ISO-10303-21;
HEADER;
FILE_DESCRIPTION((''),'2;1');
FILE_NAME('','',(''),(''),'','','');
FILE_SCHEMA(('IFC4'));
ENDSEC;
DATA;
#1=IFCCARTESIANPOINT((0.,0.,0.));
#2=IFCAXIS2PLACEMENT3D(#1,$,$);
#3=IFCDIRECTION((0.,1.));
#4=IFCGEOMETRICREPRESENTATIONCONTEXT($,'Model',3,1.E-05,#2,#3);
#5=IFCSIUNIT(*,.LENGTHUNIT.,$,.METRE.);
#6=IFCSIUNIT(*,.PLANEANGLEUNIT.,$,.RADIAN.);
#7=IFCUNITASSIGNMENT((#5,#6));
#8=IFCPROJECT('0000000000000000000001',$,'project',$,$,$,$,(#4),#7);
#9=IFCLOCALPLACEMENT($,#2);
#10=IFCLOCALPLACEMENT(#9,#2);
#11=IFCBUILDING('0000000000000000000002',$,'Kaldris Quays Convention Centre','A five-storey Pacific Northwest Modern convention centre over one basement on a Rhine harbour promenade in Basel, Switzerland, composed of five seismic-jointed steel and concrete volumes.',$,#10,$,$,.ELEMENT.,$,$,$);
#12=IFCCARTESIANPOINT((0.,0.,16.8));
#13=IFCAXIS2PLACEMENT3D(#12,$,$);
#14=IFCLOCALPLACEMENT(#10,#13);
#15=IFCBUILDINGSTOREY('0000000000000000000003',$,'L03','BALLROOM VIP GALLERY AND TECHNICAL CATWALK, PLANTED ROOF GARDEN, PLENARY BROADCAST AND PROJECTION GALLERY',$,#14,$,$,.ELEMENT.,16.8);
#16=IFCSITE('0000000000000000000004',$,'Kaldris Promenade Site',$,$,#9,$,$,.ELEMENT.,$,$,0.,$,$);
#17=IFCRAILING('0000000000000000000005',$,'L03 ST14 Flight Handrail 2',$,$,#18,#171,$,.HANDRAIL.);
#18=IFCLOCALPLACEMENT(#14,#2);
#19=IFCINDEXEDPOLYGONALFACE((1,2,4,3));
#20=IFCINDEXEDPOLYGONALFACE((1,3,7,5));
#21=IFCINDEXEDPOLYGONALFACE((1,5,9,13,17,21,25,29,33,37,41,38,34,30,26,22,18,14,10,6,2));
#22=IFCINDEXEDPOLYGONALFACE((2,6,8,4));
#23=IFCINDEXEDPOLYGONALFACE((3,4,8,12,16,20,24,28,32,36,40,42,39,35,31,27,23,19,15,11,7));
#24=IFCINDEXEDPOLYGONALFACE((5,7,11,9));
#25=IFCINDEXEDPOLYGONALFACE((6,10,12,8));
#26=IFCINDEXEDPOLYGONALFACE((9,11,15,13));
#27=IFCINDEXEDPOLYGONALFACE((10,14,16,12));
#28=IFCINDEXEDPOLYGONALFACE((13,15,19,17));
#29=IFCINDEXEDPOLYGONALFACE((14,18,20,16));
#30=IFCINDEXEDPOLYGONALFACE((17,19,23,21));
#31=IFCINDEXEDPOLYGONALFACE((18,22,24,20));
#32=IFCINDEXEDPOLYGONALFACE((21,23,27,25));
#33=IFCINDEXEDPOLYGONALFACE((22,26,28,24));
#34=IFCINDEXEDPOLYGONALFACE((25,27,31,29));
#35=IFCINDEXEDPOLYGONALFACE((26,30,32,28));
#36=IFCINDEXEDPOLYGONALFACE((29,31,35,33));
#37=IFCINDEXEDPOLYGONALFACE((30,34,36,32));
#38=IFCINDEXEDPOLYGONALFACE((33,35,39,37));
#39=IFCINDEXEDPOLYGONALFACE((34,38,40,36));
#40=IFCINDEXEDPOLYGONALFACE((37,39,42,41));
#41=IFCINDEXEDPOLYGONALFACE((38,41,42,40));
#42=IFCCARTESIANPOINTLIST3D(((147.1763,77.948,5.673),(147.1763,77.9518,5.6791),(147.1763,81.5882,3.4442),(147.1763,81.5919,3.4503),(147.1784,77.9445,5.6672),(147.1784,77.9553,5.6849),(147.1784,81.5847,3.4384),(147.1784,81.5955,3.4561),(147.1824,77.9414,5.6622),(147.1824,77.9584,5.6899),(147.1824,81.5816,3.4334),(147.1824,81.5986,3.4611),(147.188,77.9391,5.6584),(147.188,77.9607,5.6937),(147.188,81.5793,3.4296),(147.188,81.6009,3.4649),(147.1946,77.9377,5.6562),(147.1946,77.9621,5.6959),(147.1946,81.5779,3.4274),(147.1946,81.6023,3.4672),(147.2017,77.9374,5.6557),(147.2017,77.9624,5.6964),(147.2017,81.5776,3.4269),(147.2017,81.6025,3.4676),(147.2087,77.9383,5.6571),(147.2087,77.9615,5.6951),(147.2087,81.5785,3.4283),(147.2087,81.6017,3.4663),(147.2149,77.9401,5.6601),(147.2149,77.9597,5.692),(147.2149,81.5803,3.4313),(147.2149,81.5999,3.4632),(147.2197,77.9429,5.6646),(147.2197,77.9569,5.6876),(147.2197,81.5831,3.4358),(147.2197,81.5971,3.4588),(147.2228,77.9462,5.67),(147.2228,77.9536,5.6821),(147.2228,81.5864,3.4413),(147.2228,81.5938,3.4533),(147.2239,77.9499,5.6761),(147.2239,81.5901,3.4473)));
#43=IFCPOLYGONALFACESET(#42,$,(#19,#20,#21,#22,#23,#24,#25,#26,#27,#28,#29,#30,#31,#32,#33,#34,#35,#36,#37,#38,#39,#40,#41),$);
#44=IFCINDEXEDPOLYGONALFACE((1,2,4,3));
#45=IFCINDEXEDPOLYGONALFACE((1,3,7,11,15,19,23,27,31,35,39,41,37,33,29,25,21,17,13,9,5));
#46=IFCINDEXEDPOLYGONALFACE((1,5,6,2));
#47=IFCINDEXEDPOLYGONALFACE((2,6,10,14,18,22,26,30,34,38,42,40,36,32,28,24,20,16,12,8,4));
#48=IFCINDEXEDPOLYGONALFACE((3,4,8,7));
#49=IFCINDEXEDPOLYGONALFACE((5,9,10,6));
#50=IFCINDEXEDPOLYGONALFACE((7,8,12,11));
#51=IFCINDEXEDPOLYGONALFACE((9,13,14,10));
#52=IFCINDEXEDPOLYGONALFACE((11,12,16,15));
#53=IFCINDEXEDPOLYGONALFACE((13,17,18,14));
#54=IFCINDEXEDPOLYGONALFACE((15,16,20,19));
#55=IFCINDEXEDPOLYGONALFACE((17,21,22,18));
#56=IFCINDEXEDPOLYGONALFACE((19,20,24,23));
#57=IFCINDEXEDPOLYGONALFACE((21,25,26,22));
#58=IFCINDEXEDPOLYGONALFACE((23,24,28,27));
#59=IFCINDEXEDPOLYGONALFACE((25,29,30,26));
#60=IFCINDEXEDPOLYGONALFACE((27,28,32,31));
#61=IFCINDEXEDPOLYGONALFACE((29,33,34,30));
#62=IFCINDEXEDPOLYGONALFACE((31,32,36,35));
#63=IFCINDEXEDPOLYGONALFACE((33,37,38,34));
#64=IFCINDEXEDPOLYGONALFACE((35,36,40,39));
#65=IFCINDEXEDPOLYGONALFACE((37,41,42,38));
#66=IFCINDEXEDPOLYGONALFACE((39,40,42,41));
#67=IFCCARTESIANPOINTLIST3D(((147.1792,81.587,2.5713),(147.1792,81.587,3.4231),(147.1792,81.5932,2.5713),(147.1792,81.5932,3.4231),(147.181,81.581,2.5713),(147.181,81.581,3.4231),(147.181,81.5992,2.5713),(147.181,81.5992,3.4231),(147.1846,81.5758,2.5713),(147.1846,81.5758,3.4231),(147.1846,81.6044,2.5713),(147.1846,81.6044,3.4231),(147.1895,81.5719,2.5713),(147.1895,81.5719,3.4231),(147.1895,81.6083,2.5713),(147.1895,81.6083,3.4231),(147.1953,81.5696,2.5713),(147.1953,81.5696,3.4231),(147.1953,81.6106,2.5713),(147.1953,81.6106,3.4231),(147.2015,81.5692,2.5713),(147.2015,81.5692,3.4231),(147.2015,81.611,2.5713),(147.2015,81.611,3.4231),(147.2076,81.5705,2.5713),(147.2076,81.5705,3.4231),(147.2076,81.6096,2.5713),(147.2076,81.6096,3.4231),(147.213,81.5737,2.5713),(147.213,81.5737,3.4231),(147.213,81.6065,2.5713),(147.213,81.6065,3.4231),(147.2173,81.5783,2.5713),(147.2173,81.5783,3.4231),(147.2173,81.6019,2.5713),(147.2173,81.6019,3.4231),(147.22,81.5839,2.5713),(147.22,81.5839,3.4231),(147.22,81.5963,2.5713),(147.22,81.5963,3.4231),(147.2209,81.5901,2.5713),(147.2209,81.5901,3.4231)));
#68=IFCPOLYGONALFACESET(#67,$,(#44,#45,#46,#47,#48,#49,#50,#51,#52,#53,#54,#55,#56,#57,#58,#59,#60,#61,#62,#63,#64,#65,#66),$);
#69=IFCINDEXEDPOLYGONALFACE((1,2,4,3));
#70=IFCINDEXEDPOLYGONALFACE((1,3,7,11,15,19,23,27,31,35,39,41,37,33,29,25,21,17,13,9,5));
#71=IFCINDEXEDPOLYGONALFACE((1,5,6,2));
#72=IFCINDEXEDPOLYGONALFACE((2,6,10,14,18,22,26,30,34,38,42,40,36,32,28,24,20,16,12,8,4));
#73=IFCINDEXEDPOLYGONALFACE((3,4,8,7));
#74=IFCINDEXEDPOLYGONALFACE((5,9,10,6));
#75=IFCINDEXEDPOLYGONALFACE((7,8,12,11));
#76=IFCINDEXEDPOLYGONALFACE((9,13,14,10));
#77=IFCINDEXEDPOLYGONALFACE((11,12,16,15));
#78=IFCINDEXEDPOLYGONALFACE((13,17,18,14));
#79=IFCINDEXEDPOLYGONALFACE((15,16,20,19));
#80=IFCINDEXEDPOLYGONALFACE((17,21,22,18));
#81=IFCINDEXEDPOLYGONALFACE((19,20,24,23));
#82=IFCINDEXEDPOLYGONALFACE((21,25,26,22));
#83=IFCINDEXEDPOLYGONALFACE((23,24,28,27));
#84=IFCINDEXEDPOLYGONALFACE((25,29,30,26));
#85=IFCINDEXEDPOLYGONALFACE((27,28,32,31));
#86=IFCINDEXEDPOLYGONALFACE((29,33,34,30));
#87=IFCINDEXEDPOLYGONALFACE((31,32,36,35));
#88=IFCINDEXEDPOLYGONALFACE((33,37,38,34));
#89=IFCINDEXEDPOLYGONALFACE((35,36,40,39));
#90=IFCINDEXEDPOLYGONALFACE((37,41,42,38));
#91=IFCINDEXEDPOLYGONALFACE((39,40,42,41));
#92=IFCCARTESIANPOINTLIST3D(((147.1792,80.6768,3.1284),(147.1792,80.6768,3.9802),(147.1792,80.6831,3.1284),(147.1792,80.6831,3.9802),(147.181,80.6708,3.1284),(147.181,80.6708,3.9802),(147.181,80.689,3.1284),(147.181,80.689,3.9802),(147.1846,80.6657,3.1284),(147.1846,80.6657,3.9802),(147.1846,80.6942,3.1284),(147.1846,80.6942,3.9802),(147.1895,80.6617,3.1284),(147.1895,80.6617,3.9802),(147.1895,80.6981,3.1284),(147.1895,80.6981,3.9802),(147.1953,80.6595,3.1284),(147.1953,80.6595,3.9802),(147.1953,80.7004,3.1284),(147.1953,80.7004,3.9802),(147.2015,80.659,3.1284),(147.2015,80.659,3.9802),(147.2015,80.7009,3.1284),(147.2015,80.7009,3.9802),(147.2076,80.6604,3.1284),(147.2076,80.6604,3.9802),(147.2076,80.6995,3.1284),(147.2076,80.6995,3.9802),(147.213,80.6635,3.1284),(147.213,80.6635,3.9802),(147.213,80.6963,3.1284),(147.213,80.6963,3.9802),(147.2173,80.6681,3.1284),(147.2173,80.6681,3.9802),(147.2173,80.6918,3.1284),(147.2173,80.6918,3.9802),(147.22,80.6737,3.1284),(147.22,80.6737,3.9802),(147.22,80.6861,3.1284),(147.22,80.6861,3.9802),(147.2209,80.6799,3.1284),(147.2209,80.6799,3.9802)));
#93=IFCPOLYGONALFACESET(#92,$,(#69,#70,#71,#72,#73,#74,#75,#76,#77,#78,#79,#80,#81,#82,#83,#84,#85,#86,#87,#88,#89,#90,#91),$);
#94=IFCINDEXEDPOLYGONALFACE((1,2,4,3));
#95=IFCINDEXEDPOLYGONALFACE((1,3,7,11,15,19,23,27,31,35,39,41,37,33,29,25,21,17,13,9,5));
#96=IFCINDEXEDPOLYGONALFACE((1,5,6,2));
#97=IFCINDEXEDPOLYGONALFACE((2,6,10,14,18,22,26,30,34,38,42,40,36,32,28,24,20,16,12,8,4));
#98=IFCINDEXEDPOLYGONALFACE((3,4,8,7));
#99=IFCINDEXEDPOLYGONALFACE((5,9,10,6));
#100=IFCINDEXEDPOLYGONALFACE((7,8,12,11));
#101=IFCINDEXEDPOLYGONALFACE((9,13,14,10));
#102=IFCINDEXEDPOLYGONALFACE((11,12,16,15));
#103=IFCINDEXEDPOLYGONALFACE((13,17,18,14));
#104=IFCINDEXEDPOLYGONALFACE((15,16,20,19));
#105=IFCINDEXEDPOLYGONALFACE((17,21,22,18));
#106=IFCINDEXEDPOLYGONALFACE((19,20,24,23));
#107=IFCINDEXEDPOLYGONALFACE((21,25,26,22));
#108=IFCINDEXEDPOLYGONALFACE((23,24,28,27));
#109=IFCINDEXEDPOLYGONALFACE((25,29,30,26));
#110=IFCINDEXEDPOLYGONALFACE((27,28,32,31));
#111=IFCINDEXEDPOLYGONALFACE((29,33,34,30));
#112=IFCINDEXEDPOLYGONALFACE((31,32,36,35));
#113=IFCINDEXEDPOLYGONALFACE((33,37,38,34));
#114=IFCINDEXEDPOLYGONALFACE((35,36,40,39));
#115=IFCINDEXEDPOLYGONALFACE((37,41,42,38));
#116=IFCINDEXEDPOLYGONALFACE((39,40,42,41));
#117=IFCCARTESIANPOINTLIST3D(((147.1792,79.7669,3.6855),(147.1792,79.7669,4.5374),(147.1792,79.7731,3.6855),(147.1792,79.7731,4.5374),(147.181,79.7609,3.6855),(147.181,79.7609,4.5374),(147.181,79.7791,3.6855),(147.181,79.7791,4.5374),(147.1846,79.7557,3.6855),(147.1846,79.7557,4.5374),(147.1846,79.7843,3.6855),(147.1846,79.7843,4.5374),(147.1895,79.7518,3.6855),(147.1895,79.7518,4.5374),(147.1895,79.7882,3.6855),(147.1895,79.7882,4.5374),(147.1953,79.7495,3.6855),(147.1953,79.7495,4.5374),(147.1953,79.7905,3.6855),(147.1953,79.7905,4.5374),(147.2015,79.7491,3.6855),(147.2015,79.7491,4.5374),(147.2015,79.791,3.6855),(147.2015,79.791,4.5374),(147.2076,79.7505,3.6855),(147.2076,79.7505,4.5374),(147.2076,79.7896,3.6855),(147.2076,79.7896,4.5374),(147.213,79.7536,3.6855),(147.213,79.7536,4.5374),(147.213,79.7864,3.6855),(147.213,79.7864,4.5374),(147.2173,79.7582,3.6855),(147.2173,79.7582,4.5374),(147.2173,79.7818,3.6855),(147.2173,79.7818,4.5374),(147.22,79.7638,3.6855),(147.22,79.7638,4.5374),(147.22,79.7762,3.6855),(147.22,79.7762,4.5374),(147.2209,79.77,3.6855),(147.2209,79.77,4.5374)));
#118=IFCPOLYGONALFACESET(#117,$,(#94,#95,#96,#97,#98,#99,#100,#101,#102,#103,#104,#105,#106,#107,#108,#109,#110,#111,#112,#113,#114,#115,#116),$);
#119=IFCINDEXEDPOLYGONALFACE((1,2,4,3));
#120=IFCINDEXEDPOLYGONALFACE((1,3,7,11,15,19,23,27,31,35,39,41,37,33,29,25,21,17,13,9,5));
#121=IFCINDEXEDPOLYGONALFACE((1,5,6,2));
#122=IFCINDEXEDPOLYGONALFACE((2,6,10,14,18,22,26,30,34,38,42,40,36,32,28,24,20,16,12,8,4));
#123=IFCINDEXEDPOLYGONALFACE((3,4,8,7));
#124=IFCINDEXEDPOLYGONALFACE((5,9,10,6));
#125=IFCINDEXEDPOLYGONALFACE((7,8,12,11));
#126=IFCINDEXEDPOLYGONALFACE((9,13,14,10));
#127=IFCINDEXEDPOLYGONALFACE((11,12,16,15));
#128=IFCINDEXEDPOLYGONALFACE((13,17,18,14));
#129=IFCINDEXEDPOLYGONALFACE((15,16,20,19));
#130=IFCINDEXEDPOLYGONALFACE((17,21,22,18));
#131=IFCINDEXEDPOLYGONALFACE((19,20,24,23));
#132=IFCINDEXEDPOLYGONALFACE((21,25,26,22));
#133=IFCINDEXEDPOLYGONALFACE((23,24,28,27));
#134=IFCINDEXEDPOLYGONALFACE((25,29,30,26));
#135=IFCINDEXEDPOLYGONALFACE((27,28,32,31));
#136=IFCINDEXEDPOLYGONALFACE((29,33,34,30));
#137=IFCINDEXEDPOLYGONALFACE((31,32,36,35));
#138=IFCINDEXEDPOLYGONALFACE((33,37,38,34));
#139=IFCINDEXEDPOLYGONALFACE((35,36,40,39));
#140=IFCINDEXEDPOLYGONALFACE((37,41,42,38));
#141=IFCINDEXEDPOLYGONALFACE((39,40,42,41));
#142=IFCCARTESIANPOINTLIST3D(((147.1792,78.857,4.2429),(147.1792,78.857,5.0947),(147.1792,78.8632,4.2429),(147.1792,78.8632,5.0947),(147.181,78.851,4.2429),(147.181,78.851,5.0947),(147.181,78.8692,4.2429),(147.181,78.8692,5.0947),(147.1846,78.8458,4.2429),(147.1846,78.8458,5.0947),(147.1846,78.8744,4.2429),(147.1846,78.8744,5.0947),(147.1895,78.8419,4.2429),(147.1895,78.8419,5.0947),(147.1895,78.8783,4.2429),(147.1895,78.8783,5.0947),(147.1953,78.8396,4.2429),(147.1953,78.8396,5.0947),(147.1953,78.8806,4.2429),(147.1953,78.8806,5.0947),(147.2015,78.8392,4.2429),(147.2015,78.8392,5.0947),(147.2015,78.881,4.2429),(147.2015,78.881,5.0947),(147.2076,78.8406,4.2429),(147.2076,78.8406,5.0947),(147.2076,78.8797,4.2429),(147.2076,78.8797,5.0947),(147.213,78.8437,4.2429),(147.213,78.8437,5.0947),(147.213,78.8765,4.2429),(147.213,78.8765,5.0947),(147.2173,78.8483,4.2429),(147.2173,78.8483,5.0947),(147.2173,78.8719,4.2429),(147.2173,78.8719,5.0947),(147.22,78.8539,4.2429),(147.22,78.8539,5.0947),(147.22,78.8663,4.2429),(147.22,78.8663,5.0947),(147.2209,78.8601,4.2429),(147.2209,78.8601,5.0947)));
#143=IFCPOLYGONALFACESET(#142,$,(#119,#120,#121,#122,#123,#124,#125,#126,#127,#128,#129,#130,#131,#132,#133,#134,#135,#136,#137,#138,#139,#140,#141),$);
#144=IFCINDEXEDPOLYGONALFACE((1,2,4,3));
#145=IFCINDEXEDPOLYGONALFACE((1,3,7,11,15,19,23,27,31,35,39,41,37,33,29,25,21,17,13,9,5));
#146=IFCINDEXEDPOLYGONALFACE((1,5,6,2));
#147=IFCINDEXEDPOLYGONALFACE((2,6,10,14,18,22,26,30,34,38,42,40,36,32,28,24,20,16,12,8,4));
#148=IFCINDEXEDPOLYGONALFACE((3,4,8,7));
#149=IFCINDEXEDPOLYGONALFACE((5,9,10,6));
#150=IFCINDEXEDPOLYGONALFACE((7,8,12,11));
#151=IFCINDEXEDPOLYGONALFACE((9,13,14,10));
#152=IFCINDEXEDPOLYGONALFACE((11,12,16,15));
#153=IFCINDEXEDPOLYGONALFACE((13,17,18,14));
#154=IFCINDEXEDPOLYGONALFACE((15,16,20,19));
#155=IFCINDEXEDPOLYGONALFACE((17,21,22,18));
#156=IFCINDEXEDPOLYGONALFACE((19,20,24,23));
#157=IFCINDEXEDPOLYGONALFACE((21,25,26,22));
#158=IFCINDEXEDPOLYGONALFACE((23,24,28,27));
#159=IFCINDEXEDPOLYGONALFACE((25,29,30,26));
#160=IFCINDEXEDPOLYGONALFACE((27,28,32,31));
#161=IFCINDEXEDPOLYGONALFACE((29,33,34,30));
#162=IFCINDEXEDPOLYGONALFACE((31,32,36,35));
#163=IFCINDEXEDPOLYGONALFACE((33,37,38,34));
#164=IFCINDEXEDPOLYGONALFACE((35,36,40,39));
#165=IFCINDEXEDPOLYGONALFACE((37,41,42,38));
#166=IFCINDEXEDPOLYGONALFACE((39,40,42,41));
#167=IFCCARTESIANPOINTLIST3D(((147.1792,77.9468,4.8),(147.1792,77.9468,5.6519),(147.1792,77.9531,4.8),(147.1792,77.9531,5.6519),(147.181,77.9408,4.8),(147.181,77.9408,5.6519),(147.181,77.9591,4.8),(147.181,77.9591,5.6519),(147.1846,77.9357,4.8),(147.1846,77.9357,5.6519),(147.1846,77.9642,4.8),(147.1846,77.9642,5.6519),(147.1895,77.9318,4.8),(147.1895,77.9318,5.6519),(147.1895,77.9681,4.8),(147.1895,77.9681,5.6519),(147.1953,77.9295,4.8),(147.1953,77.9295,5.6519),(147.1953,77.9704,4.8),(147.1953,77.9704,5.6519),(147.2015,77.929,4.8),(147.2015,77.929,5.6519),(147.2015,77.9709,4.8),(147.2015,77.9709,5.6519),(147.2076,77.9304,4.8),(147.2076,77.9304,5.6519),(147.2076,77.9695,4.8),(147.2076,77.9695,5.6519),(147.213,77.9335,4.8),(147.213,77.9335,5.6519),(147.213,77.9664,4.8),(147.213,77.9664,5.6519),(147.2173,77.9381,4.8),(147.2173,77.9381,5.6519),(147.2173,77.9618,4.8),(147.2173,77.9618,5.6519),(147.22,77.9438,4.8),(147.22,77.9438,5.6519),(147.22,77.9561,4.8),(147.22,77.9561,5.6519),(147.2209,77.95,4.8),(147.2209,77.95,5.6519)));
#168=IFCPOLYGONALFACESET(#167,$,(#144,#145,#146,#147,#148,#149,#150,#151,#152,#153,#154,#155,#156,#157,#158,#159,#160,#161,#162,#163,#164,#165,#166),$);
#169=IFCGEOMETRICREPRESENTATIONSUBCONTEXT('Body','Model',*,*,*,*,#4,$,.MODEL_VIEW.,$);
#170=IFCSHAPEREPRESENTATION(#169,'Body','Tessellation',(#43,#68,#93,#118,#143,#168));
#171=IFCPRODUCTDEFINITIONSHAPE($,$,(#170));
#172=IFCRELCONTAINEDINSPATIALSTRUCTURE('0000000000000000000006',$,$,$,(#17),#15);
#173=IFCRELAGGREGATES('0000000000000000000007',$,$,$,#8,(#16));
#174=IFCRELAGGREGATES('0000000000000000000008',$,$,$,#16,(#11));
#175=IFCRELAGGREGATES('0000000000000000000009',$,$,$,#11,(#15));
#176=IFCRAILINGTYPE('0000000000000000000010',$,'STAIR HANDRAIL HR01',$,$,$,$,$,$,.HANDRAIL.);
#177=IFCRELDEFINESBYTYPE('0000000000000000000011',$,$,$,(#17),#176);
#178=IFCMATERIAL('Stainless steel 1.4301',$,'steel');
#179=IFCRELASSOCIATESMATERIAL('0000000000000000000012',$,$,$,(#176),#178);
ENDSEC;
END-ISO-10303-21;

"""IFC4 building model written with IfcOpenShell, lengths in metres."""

from ifc_helpers import new_model, si_unit, direction, frame, origin, origin_2d, place, context, subcontext, project, spatial, circle, extrude, material, type_object, element, save


model = new_model("IFC4")

# Units and contexts
model_context = context("Model", 3, precision=1e-05, world=origin(), true_north=direction((0.0, 1.0)))
body_context = subcontext(model_context, "Body", "Model", "MODEL_VIEW")
ifc_project = project(units=[si_unit("LENGTHUNIT", "METRE"), si_unit("PLANEANGLEUNIT", "RADIAN")], contexts=[model_context])

# Site, building, storey
site_placement = place(None, origin())
site = spatial("IfcSite", under=ifc_project, at=site_placement, Name="Kaldris Promenade Site", CompositionType="ELEMENT", RefElevation=0.0)
building_placement = place(site_placement, origin())
building = spatial("IfcBuilding", under=site, at=building_placement, Name="Kaldris Quays Convention Centre", Description="A five-storey Pacific Northwest Modern convention centre over one basement on a Rhine harbour promenade in Basel, Switzerland, composed of five seismic-jointed steel and concrete volumes.", CompositionType="ELEMENT")
storey_placement = place(building_placement, frame((0.0, 0.0, 16.8)))
storey = spatial("IfcBuildingStorey", under=building, at=storey_placement, Name="L03", Description="BALLROOM VIP GALLERY AND TECHNICAL CATWALK, PLANTED ROOF GARDEN, PLENARY BROADCAST AND PROJECTION GALLERY", CompositionType="ELEMENT", Elevation=16.8)

# Railing
ifc_material_1 = material(Name="Stainless steel 1.4301", Category="steel")
railing_type_1 = type_object("IfcRailingType", Name="STAIR HANDRAIL HR01", PredefinedType="HANDRAIL", material=ifc_material_1)
railing_1_placement = place(storey_placement, frame((147.2, 81.5901, 2.5713)))
element("IfcRailing", 1, at=railing_1_placement, inside=storey, type_object=railing_type_1, Name="L03 ST14 Flight Handrail 2", PredefinedType="HANDRAIL", context=body_context, shape_type="SweptSolid", body=[
    extrude(circle(Radius=0.0239, at=origin_2d()), frame((0.0, 0.0, 0.876), z_axis=(0.0, -0.85284, 0.522172), x_axis=(1.0, 0.0, 0.0)), (0.0, 0.0, 1.0), 4.2683),
    extrude(circle(Radius=0.021, at=origin_2d()), origin(), (0.0, 0.0, 1.0), 0.8518),
    extrude(circle(Radius=0.021, at=origin_2d()), frame((0.0, -0.9102, 0.5571)), (0.0, 0.0, 1.0), 0.8518),
    extrude(circle(Radius=0.021, at=origin_2d()), frame((0.0, -1.8201, 1.1143)), (0.0, 0.0, 1.0), 0.8518),
    extrude(circle(Radius=0.021, at=origin_2d()), frame((0.0, -2.73, 1.6716)), (0.0, 0.0, 1.0), 0.8518),
    extrude(circle(Radius=0.021, at=origin_2d()), frame((0.0, -3.6401, 2.2288)), (0.0, 0.0, 1.0), 0.8518),
])

save(model, "model.ifc")
